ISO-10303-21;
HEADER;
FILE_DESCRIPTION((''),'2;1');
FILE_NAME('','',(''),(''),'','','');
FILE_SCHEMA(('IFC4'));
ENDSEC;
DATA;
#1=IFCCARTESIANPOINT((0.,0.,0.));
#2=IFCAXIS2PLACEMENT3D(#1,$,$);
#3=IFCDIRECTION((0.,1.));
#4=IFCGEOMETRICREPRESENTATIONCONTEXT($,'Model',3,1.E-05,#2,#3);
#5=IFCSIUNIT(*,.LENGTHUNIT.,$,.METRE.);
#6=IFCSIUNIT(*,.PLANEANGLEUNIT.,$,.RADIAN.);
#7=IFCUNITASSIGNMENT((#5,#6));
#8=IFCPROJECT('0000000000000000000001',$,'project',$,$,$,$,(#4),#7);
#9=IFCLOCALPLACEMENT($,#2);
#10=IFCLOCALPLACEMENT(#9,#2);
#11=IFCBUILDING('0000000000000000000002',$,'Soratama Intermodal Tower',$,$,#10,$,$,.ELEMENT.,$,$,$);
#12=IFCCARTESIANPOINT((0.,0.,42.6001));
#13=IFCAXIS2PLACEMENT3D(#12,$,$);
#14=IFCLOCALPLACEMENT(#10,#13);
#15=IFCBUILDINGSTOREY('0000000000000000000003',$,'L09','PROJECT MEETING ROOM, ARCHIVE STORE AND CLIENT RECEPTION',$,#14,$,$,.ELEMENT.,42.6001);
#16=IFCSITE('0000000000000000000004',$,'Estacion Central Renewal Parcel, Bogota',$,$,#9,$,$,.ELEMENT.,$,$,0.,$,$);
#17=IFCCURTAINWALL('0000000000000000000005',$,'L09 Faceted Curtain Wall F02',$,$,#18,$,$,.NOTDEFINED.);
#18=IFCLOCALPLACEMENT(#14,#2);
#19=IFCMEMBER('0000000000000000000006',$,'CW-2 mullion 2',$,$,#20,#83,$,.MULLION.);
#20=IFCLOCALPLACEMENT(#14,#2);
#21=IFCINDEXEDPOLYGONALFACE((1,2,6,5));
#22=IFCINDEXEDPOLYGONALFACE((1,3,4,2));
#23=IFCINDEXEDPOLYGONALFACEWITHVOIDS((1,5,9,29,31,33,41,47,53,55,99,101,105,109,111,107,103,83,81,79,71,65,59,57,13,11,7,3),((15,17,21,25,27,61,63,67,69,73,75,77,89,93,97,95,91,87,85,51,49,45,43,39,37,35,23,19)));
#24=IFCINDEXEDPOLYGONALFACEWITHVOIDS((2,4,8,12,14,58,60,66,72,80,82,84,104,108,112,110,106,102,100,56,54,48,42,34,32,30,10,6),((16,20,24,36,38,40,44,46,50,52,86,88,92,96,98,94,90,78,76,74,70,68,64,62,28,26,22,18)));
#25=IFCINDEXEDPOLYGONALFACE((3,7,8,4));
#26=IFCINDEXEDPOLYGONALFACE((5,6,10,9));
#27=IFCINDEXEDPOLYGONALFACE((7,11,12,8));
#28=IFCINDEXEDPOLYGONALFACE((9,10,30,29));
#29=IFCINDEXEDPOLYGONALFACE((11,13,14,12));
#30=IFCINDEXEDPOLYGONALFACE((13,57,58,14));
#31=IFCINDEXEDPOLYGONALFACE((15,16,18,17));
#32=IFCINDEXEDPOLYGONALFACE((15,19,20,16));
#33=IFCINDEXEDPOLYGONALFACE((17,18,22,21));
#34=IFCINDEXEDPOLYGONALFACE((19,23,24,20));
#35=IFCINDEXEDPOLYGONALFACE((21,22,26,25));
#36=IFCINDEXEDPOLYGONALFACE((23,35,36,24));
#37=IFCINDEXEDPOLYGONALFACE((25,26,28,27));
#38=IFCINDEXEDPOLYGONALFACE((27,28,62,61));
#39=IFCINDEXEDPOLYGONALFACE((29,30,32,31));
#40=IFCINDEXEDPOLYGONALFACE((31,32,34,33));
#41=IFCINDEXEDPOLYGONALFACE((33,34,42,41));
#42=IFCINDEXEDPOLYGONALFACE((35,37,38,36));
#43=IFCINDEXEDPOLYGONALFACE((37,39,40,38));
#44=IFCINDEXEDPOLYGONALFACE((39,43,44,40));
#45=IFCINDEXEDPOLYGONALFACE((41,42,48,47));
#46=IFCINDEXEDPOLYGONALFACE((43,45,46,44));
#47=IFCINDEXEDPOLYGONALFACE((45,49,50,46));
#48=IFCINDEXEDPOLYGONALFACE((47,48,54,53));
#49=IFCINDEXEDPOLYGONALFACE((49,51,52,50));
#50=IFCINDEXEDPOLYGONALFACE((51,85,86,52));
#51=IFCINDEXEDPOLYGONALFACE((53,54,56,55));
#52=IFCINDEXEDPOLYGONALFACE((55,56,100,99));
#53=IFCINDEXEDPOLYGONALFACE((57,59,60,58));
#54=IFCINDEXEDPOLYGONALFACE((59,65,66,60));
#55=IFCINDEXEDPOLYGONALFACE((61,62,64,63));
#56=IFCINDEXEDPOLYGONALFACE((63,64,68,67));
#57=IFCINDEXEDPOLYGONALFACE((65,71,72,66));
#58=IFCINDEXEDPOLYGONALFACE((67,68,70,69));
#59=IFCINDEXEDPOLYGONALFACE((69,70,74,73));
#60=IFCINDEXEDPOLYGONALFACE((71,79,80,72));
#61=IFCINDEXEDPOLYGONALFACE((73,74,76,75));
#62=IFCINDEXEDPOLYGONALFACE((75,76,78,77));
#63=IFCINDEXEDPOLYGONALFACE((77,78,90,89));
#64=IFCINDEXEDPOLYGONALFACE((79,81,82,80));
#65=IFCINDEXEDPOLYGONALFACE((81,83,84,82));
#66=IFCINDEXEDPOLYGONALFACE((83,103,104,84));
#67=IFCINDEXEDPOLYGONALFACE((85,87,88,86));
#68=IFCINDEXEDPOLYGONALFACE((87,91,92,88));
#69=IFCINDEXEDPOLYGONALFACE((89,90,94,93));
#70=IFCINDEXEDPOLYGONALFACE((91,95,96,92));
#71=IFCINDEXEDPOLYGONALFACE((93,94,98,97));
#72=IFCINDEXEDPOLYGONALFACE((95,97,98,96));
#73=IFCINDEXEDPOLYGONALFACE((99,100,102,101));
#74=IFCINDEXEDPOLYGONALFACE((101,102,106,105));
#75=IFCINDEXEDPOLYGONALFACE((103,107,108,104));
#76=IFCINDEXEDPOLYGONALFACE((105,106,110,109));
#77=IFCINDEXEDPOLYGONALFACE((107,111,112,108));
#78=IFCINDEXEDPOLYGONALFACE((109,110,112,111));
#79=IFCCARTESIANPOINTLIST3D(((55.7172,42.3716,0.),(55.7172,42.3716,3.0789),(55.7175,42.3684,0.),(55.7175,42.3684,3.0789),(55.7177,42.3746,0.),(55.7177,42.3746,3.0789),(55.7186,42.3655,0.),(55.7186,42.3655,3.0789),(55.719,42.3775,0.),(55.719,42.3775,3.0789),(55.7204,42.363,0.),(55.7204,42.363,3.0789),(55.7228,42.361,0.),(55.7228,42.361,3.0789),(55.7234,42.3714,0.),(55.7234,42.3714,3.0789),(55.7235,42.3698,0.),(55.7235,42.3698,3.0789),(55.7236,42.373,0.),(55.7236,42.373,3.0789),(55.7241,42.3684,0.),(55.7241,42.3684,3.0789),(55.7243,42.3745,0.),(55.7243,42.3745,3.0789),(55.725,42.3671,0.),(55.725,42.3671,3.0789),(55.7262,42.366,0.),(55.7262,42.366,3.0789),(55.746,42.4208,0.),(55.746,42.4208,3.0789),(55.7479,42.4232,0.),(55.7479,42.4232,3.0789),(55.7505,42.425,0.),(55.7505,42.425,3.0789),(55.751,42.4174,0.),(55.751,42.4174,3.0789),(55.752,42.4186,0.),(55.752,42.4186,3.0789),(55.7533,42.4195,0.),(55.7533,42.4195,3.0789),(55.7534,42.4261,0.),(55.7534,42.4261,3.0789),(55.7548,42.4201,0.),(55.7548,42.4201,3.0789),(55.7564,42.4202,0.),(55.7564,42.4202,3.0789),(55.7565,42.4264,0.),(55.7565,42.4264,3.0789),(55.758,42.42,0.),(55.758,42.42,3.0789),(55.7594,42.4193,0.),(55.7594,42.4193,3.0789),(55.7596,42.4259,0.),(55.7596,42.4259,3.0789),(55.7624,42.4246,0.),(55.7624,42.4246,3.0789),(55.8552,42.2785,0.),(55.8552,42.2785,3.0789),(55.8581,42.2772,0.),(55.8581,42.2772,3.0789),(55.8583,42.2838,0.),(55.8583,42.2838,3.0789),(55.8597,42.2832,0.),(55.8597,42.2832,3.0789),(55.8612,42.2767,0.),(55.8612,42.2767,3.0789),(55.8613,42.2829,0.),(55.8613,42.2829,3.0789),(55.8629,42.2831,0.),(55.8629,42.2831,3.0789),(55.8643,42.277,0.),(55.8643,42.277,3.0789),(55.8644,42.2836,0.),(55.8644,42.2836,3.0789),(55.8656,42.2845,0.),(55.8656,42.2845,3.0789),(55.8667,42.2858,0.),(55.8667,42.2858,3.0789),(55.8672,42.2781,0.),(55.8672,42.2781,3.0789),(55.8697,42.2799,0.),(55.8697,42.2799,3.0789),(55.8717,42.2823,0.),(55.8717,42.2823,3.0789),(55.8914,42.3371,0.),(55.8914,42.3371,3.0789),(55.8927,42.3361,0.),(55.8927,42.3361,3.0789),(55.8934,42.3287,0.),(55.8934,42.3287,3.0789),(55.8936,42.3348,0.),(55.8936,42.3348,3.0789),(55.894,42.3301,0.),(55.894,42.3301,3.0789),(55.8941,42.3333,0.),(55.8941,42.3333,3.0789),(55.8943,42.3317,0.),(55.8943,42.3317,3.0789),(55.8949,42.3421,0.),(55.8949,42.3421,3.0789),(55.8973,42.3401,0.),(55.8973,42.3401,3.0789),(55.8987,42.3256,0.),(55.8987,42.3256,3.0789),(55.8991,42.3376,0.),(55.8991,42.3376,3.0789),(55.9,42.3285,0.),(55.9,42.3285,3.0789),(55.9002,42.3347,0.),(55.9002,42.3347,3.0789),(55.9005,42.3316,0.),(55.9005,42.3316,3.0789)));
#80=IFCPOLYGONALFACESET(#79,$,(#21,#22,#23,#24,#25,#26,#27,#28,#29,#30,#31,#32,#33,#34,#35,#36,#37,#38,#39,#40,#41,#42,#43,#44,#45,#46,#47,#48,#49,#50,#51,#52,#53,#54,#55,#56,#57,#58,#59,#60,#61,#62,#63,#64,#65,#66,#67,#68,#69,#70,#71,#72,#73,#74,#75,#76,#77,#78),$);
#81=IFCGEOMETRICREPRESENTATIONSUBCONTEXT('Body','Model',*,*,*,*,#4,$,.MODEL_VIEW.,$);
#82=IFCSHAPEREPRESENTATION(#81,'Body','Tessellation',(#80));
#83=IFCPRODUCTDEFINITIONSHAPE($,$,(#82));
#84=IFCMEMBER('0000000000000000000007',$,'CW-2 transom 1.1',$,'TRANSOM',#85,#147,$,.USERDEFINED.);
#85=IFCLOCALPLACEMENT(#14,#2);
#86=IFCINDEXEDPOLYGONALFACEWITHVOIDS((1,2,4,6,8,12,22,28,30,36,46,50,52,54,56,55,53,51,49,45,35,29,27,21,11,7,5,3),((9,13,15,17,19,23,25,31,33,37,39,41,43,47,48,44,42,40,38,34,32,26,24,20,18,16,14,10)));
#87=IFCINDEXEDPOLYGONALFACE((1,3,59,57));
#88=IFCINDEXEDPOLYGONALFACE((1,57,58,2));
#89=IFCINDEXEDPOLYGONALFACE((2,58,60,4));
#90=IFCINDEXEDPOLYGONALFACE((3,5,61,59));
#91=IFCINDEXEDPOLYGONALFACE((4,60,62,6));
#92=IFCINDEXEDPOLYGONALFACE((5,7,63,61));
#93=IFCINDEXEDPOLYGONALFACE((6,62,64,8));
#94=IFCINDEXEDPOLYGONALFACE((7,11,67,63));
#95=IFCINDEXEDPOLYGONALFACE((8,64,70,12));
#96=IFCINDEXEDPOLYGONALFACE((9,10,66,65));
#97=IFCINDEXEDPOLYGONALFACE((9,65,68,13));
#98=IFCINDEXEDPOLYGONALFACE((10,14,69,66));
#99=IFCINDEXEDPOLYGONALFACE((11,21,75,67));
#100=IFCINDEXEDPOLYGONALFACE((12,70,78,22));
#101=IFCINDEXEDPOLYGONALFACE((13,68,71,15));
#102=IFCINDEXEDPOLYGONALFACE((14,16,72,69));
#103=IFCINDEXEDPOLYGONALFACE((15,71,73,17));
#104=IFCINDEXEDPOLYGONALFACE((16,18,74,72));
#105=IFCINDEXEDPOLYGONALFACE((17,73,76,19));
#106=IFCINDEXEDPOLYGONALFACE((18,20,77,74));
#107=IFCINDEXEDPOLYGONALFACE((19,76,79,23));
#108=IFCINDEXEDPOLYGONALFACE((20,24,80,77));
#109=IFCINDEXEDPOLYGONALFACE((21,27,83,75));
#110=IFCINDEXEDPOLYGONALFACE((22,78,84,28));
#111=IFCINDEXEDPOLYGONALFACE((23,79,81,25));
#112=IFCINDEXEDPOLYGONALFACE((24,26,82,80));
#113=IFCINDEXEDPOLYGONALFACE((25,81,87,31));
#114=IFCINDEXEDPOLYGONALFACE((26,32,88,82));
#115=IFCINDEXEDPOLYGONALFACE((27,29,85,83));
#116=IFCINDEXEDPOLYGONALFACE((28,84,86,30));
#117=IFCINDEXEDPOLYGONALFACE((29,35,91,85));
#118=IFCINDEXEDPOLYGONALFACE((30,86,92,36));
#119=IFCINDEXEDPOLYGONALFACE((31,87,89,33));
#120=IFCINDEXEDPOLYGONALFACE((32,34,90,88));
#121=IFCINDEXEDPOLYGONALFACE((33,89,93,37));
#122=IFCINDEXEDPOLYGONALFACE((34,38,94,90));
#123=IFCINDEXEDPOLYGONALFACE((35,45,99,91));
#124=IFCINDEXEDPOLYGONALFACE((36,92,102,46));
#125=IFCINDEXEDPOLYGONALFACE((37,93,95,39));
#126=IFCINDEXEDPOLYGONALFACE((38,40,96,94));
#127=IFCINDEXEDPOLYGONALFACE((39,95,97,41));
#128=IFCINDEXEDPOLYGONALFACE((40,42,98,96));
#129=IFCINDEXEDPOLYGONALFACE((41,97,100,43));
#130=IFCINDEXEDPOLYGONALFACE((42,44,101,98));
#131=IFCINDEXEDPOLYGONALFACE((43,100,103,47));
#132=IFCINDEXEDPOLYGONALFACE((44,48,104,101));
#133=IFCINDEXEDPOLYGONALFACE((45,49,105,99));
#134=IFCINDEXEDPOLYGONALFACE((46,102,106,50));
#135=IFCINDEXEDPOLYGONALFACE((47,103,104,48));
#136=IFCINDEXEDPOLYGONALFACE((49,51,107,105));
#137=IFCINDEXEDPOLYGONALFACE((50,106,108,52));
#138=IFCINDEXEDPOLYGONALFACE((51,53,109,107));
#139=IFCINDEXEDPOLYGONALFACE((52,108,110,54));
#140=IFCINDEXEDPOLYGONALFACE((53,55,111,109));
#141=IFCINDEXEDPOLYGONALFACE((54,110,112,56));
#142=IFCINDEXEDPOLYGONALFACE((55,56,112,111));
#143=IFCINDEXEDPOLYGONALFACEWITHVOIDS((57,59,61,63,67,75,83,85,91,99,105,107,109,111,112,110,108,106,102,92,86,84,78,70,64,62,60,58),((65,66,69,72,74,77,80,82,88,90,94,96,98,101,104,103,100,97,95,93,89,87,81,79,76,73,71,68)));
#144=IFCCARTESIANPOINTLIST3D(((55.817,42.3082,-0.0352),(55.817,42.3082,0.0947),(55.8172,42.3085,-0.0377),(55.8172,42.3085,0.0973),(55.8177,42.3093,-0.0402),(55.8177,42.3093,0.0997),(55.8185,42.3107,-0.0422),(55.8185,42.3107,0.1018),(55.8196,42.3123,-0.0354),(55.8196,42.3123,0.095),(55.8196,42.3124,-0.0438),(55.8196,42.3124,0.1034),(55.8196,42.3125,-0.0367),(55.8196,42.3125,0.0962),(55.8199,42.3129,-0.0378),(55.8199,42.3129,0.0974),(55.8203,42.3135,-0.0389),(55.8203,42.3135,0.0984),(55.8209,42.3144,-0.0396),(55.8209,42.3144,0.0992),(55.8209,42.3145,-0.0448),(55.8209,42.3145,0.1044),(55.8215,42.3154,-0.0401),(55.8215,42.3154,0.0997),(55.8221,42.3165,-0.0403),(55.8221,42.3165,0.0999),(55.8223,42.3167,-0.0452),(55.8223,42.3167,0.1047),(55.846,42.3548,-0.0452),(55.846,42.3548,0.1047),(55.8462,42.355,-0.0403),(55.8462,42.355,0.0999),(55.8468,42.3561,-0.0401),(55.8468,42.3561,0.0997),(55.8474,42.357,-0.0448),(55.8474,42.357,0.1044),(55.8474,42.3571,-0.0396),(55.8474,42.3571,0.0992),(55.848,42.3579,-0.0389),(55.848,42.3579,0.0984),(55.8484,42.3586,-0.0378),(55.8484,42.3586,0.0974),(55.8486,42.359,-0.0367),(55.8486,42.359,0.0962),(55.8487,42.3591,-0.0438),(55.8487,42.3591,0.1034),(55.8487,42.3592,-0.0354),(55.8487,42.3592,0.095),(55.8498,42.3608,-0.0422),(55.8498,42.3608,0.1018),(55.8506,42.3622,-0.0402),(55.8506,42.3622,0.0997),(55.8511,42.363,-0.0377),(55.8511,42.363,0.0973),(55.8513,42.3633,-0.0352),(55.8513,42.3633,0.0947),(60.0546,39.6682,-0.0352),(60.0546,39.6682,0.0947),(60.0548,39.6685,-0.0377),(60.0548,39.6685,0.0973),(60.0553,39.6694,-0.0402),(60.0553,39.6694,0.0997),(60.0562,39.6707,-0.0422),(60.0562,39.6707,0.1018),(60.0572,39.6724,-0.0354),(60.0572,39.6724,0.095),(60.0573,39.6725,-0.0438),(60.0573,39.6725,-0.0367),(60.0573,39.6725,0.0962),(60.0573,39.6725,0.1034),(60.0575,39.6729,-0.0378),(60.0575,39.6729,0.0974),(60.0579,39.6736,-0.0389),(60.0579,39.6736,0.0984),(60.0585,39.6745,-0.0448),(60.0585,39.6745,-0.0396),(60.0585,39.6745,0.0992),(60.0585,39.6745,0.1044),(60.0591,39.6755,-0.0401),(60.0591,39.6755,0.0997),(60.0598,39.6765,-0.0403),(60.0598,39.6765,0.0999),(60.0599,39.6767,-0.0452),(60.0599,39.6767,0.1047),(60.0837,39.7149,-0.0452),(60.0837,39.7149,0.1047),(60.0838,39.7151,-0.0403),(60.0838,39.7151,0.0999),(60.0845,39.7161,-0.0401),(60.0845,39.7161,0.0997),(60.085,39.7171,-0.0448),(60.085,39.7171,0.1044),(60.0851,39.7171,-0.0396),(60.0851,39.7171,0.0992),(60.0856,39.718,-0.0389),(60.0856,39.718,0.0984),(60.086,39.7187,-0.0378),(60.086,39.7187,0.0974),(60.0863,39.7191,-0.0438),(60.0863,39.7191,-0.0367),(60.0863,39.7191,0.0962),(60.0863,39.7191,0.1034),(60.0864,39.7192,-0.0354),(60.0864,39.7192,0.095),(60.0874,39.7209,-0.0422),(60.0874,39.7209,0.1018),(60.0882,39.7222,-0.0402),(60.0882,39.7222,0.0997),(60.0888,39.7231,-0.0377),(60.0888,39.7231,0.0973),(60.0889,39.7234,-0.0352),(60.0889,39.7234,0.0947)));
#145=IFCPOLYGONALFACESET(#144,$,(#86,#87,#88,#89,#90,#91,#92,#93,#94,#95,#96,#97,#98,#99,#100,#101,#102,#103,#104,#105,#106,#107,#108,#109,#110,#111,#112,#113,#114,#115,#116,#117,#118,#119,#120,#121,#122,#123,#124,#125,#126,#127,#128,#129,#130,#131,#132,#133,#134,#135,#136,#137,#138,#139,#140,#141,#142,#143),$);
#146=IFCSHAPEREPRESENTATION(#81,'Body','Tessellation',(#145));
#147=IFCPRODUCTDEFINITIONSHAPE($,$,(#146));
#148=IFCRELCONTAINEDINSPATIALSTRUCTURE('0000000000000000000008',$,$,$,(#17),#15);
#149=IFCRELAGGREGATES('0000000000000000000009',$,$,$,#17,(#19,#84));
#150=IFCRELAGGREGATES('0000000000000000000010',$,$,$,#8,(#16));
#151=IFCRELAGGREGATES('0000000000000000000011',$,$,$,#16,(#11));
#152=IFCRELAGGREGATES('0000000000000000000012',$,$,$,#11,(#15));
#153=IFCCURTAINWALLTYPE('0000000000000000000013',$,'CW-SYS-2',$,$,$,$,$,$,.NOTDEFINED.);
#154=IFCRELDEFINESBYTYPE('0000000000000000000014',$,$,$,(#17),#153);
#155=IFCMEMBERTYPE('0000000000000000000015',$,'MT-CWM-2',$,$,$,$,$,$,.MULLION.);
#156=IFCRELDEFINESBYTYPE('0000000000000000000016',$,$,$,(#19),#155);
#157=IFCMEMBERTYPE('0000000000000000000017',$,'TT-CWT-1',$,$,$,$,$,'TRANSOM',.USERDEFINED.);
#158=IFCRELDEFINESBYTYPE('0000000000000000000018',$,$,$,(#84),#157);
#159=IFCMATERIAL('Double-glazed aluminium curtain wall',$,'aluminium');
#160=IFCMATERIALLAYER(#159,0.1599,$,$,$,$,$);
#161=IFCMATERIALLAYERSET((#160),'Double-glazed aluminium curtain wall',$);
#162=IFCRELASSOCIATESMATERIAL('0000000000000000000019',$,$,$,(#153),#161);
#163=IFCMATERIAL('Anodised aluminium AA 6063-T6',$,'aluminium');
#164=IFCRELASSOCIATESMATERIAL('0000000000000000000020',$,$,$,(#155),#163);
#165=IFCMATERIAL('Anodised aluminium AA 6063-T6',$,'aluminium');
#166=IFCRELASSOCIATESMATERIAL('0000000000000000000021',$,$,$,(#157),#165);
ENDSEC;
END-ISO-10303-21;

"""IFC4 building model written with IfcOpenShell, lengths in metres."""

from ifc_helpers import new_model, si_unit, direction, frame, origin, origin_2d, place, context, subcontext, project, spatial, hollow_rectangle, extrude, material, layer, layer_set, material_profile, profile_set, type_object, element, aggregate, save


model = new_model("IFC4")

# Units and contexts
model_context = context("Model", 3, precision=1e-05, world=origin(), true_north=direction((0.0, 1.0)))
body_context = subcontext(model_context, "Body", "Model", "MODEL_VIEW")
ifc_project = project(units=[si_unit("LENGTHUNIT", "METRE"), si_unit("PLANEANGLEUNIT", "RADIAN")], contexts=[model_context])

# Site, building, storey
site_placement = place(None, origin())
site = spatial("IfcSite", under=ifc_project, at=site_placement, Name="Estacion Central Renewal Parcel, Bogota", CompositionType="ELEMENT", RefElevation=0.0)
building_placement = place(site_placement, origin())
building = spatial("IfcBuilding", under=site, at=building_placement, Name="Soratama Intermodal Tower", CompositionType="ELEMENT")
storey_placement = place(building_placement, frame((0.0, 0.0, 42.6001)))
storey = spatial("IfcBuildingStorey", under=building, at=storey_placement, Name="L09", Description="PROJECT MEETING ROOM, ARCHIVE STORE AND CLIENT RECEPTION", CompositionType="ELEMENT", Elevation=42.6001)

# Shared definitions
ifc_material_1 = material(Name="Double-glazed aluminium curtain wall", Category="aluminium")
ifc_layer_1 = layer(ifc_material_1, 0.1599)
ifc_layer_set_1 = layer_set([ifc_layer_1], Name="Double-glazed aluminium curtain wall")
curtain_wall_type = type_object("IfcCurtainWallType", Name="CW-SYS-2", PredefinedType="NOTDEFINED", material=ifc_layer_set_1)
ifc_material_2 = material(Name="Anodised aluminium AA 6063-T6", Category="aluminium")
ifc_material_profile_1 = material_profile(ifc_material_2, hollow_rectangle(XDim=0.075, YDim=0.1799, WallThickness=0.0061, InnerFilletRadius=0.0061, OuterFilletRadius=0.012, at=origin_2d()), Name="CWM180X75X6")
ifc_profile_set_1 = profile_set([ifc_material_profile_1], Name="Anodised aluminium AA 6063-T6")
member_type_1 = type_object("IfcMemberType", Name="MT-CWM-2", PredefinedType="MULLION", material=ifc_profile_set_1)

# Curtain wall, members
curtain_wall_1_placement = place(storey_placement, origin())
curtain_wall_1 = element("IfcCurtainWall", 1, at=curtain_wall_1_placement, inside=storey, type_object=curtain_wall_type, Name="L09 Faceted Curtain Wall F02", PredefinedType="NOTDEFINED")
member_1_placement = place(storey_placement, frame((55.8088, 42.3516, 0.0), z_axis=(0.0, 0.0, 1.0), x_axis=(-0.528735, -0.848787, 0.0)))
member_1 = element("IfcMember", 2, at=member_1_placement, type_object=member_type_1, Name="CW-2 mullion 2", PredefinedType="MULLION", context=body_context, shape_type="SweptSolid", body=[
    extrude(hollow_rectangle(XDim=0.075, YDim=0.1799, WallThickness=0.0061, InnerFilletRadius=0.0061, OuterFilletRadius=0.012, at=origin_2d()), origin(), (0.0, 0.0, 1.0), 3.0789),
])
ifc_material_3 = material(Name="Anodised aluminium AA 6063-T6", Category="aluminium")
ifc_material_profile_2 = material_profile(ifc_material_3, hollow_rectangle(XDim=0.0649, YDim=0.1499, WallThickness=0.0049, InnerFilletRadius=0.0049, OuterFilletRadius=0.01, at=origin_2d()), Name="CWT150X65X5")
ifc_profile_set_2 = profile_set([ifc_material_profile_2], Name="Anodised aluminium AA 6063-T6")
member_type_2 = type_object("IfcMemberType", Name="TT-CWT-1", ElementType="TRANSOM", PredefinedType="USERDEFINED", material=ifc_profile_set_2)
member_2_placement = place(storey_placement, frame((60.0718, 39.6958, 0.0298), z_axis=(-0.848769, 0.528763, 0.0), x_axis=(-0.528763, -0.848769, 0.0)))
member_2 = element("IfcMember", 3, at=member_2_placement, type_object=member_type_2, Name="CW-2 transom 1.1", ObjectType="TRANSOM", PredefinedType="USERDEFINED", context=body_context, shape_type="SweptSolid", body=[
    extrude(hollow_rectangle(XDim=0.0649, YDim=0.1499, WallThickness=0.0049, InnerFilletRadius=0.0049, OuterFilletRadius=0.01, at=origin_2d()), origin(), (0.0, 0.0, 1.0), 4.9927),
])

aggregate(curtain_wall_1, [member_1, member_2])

save(model, "model.ifc")
